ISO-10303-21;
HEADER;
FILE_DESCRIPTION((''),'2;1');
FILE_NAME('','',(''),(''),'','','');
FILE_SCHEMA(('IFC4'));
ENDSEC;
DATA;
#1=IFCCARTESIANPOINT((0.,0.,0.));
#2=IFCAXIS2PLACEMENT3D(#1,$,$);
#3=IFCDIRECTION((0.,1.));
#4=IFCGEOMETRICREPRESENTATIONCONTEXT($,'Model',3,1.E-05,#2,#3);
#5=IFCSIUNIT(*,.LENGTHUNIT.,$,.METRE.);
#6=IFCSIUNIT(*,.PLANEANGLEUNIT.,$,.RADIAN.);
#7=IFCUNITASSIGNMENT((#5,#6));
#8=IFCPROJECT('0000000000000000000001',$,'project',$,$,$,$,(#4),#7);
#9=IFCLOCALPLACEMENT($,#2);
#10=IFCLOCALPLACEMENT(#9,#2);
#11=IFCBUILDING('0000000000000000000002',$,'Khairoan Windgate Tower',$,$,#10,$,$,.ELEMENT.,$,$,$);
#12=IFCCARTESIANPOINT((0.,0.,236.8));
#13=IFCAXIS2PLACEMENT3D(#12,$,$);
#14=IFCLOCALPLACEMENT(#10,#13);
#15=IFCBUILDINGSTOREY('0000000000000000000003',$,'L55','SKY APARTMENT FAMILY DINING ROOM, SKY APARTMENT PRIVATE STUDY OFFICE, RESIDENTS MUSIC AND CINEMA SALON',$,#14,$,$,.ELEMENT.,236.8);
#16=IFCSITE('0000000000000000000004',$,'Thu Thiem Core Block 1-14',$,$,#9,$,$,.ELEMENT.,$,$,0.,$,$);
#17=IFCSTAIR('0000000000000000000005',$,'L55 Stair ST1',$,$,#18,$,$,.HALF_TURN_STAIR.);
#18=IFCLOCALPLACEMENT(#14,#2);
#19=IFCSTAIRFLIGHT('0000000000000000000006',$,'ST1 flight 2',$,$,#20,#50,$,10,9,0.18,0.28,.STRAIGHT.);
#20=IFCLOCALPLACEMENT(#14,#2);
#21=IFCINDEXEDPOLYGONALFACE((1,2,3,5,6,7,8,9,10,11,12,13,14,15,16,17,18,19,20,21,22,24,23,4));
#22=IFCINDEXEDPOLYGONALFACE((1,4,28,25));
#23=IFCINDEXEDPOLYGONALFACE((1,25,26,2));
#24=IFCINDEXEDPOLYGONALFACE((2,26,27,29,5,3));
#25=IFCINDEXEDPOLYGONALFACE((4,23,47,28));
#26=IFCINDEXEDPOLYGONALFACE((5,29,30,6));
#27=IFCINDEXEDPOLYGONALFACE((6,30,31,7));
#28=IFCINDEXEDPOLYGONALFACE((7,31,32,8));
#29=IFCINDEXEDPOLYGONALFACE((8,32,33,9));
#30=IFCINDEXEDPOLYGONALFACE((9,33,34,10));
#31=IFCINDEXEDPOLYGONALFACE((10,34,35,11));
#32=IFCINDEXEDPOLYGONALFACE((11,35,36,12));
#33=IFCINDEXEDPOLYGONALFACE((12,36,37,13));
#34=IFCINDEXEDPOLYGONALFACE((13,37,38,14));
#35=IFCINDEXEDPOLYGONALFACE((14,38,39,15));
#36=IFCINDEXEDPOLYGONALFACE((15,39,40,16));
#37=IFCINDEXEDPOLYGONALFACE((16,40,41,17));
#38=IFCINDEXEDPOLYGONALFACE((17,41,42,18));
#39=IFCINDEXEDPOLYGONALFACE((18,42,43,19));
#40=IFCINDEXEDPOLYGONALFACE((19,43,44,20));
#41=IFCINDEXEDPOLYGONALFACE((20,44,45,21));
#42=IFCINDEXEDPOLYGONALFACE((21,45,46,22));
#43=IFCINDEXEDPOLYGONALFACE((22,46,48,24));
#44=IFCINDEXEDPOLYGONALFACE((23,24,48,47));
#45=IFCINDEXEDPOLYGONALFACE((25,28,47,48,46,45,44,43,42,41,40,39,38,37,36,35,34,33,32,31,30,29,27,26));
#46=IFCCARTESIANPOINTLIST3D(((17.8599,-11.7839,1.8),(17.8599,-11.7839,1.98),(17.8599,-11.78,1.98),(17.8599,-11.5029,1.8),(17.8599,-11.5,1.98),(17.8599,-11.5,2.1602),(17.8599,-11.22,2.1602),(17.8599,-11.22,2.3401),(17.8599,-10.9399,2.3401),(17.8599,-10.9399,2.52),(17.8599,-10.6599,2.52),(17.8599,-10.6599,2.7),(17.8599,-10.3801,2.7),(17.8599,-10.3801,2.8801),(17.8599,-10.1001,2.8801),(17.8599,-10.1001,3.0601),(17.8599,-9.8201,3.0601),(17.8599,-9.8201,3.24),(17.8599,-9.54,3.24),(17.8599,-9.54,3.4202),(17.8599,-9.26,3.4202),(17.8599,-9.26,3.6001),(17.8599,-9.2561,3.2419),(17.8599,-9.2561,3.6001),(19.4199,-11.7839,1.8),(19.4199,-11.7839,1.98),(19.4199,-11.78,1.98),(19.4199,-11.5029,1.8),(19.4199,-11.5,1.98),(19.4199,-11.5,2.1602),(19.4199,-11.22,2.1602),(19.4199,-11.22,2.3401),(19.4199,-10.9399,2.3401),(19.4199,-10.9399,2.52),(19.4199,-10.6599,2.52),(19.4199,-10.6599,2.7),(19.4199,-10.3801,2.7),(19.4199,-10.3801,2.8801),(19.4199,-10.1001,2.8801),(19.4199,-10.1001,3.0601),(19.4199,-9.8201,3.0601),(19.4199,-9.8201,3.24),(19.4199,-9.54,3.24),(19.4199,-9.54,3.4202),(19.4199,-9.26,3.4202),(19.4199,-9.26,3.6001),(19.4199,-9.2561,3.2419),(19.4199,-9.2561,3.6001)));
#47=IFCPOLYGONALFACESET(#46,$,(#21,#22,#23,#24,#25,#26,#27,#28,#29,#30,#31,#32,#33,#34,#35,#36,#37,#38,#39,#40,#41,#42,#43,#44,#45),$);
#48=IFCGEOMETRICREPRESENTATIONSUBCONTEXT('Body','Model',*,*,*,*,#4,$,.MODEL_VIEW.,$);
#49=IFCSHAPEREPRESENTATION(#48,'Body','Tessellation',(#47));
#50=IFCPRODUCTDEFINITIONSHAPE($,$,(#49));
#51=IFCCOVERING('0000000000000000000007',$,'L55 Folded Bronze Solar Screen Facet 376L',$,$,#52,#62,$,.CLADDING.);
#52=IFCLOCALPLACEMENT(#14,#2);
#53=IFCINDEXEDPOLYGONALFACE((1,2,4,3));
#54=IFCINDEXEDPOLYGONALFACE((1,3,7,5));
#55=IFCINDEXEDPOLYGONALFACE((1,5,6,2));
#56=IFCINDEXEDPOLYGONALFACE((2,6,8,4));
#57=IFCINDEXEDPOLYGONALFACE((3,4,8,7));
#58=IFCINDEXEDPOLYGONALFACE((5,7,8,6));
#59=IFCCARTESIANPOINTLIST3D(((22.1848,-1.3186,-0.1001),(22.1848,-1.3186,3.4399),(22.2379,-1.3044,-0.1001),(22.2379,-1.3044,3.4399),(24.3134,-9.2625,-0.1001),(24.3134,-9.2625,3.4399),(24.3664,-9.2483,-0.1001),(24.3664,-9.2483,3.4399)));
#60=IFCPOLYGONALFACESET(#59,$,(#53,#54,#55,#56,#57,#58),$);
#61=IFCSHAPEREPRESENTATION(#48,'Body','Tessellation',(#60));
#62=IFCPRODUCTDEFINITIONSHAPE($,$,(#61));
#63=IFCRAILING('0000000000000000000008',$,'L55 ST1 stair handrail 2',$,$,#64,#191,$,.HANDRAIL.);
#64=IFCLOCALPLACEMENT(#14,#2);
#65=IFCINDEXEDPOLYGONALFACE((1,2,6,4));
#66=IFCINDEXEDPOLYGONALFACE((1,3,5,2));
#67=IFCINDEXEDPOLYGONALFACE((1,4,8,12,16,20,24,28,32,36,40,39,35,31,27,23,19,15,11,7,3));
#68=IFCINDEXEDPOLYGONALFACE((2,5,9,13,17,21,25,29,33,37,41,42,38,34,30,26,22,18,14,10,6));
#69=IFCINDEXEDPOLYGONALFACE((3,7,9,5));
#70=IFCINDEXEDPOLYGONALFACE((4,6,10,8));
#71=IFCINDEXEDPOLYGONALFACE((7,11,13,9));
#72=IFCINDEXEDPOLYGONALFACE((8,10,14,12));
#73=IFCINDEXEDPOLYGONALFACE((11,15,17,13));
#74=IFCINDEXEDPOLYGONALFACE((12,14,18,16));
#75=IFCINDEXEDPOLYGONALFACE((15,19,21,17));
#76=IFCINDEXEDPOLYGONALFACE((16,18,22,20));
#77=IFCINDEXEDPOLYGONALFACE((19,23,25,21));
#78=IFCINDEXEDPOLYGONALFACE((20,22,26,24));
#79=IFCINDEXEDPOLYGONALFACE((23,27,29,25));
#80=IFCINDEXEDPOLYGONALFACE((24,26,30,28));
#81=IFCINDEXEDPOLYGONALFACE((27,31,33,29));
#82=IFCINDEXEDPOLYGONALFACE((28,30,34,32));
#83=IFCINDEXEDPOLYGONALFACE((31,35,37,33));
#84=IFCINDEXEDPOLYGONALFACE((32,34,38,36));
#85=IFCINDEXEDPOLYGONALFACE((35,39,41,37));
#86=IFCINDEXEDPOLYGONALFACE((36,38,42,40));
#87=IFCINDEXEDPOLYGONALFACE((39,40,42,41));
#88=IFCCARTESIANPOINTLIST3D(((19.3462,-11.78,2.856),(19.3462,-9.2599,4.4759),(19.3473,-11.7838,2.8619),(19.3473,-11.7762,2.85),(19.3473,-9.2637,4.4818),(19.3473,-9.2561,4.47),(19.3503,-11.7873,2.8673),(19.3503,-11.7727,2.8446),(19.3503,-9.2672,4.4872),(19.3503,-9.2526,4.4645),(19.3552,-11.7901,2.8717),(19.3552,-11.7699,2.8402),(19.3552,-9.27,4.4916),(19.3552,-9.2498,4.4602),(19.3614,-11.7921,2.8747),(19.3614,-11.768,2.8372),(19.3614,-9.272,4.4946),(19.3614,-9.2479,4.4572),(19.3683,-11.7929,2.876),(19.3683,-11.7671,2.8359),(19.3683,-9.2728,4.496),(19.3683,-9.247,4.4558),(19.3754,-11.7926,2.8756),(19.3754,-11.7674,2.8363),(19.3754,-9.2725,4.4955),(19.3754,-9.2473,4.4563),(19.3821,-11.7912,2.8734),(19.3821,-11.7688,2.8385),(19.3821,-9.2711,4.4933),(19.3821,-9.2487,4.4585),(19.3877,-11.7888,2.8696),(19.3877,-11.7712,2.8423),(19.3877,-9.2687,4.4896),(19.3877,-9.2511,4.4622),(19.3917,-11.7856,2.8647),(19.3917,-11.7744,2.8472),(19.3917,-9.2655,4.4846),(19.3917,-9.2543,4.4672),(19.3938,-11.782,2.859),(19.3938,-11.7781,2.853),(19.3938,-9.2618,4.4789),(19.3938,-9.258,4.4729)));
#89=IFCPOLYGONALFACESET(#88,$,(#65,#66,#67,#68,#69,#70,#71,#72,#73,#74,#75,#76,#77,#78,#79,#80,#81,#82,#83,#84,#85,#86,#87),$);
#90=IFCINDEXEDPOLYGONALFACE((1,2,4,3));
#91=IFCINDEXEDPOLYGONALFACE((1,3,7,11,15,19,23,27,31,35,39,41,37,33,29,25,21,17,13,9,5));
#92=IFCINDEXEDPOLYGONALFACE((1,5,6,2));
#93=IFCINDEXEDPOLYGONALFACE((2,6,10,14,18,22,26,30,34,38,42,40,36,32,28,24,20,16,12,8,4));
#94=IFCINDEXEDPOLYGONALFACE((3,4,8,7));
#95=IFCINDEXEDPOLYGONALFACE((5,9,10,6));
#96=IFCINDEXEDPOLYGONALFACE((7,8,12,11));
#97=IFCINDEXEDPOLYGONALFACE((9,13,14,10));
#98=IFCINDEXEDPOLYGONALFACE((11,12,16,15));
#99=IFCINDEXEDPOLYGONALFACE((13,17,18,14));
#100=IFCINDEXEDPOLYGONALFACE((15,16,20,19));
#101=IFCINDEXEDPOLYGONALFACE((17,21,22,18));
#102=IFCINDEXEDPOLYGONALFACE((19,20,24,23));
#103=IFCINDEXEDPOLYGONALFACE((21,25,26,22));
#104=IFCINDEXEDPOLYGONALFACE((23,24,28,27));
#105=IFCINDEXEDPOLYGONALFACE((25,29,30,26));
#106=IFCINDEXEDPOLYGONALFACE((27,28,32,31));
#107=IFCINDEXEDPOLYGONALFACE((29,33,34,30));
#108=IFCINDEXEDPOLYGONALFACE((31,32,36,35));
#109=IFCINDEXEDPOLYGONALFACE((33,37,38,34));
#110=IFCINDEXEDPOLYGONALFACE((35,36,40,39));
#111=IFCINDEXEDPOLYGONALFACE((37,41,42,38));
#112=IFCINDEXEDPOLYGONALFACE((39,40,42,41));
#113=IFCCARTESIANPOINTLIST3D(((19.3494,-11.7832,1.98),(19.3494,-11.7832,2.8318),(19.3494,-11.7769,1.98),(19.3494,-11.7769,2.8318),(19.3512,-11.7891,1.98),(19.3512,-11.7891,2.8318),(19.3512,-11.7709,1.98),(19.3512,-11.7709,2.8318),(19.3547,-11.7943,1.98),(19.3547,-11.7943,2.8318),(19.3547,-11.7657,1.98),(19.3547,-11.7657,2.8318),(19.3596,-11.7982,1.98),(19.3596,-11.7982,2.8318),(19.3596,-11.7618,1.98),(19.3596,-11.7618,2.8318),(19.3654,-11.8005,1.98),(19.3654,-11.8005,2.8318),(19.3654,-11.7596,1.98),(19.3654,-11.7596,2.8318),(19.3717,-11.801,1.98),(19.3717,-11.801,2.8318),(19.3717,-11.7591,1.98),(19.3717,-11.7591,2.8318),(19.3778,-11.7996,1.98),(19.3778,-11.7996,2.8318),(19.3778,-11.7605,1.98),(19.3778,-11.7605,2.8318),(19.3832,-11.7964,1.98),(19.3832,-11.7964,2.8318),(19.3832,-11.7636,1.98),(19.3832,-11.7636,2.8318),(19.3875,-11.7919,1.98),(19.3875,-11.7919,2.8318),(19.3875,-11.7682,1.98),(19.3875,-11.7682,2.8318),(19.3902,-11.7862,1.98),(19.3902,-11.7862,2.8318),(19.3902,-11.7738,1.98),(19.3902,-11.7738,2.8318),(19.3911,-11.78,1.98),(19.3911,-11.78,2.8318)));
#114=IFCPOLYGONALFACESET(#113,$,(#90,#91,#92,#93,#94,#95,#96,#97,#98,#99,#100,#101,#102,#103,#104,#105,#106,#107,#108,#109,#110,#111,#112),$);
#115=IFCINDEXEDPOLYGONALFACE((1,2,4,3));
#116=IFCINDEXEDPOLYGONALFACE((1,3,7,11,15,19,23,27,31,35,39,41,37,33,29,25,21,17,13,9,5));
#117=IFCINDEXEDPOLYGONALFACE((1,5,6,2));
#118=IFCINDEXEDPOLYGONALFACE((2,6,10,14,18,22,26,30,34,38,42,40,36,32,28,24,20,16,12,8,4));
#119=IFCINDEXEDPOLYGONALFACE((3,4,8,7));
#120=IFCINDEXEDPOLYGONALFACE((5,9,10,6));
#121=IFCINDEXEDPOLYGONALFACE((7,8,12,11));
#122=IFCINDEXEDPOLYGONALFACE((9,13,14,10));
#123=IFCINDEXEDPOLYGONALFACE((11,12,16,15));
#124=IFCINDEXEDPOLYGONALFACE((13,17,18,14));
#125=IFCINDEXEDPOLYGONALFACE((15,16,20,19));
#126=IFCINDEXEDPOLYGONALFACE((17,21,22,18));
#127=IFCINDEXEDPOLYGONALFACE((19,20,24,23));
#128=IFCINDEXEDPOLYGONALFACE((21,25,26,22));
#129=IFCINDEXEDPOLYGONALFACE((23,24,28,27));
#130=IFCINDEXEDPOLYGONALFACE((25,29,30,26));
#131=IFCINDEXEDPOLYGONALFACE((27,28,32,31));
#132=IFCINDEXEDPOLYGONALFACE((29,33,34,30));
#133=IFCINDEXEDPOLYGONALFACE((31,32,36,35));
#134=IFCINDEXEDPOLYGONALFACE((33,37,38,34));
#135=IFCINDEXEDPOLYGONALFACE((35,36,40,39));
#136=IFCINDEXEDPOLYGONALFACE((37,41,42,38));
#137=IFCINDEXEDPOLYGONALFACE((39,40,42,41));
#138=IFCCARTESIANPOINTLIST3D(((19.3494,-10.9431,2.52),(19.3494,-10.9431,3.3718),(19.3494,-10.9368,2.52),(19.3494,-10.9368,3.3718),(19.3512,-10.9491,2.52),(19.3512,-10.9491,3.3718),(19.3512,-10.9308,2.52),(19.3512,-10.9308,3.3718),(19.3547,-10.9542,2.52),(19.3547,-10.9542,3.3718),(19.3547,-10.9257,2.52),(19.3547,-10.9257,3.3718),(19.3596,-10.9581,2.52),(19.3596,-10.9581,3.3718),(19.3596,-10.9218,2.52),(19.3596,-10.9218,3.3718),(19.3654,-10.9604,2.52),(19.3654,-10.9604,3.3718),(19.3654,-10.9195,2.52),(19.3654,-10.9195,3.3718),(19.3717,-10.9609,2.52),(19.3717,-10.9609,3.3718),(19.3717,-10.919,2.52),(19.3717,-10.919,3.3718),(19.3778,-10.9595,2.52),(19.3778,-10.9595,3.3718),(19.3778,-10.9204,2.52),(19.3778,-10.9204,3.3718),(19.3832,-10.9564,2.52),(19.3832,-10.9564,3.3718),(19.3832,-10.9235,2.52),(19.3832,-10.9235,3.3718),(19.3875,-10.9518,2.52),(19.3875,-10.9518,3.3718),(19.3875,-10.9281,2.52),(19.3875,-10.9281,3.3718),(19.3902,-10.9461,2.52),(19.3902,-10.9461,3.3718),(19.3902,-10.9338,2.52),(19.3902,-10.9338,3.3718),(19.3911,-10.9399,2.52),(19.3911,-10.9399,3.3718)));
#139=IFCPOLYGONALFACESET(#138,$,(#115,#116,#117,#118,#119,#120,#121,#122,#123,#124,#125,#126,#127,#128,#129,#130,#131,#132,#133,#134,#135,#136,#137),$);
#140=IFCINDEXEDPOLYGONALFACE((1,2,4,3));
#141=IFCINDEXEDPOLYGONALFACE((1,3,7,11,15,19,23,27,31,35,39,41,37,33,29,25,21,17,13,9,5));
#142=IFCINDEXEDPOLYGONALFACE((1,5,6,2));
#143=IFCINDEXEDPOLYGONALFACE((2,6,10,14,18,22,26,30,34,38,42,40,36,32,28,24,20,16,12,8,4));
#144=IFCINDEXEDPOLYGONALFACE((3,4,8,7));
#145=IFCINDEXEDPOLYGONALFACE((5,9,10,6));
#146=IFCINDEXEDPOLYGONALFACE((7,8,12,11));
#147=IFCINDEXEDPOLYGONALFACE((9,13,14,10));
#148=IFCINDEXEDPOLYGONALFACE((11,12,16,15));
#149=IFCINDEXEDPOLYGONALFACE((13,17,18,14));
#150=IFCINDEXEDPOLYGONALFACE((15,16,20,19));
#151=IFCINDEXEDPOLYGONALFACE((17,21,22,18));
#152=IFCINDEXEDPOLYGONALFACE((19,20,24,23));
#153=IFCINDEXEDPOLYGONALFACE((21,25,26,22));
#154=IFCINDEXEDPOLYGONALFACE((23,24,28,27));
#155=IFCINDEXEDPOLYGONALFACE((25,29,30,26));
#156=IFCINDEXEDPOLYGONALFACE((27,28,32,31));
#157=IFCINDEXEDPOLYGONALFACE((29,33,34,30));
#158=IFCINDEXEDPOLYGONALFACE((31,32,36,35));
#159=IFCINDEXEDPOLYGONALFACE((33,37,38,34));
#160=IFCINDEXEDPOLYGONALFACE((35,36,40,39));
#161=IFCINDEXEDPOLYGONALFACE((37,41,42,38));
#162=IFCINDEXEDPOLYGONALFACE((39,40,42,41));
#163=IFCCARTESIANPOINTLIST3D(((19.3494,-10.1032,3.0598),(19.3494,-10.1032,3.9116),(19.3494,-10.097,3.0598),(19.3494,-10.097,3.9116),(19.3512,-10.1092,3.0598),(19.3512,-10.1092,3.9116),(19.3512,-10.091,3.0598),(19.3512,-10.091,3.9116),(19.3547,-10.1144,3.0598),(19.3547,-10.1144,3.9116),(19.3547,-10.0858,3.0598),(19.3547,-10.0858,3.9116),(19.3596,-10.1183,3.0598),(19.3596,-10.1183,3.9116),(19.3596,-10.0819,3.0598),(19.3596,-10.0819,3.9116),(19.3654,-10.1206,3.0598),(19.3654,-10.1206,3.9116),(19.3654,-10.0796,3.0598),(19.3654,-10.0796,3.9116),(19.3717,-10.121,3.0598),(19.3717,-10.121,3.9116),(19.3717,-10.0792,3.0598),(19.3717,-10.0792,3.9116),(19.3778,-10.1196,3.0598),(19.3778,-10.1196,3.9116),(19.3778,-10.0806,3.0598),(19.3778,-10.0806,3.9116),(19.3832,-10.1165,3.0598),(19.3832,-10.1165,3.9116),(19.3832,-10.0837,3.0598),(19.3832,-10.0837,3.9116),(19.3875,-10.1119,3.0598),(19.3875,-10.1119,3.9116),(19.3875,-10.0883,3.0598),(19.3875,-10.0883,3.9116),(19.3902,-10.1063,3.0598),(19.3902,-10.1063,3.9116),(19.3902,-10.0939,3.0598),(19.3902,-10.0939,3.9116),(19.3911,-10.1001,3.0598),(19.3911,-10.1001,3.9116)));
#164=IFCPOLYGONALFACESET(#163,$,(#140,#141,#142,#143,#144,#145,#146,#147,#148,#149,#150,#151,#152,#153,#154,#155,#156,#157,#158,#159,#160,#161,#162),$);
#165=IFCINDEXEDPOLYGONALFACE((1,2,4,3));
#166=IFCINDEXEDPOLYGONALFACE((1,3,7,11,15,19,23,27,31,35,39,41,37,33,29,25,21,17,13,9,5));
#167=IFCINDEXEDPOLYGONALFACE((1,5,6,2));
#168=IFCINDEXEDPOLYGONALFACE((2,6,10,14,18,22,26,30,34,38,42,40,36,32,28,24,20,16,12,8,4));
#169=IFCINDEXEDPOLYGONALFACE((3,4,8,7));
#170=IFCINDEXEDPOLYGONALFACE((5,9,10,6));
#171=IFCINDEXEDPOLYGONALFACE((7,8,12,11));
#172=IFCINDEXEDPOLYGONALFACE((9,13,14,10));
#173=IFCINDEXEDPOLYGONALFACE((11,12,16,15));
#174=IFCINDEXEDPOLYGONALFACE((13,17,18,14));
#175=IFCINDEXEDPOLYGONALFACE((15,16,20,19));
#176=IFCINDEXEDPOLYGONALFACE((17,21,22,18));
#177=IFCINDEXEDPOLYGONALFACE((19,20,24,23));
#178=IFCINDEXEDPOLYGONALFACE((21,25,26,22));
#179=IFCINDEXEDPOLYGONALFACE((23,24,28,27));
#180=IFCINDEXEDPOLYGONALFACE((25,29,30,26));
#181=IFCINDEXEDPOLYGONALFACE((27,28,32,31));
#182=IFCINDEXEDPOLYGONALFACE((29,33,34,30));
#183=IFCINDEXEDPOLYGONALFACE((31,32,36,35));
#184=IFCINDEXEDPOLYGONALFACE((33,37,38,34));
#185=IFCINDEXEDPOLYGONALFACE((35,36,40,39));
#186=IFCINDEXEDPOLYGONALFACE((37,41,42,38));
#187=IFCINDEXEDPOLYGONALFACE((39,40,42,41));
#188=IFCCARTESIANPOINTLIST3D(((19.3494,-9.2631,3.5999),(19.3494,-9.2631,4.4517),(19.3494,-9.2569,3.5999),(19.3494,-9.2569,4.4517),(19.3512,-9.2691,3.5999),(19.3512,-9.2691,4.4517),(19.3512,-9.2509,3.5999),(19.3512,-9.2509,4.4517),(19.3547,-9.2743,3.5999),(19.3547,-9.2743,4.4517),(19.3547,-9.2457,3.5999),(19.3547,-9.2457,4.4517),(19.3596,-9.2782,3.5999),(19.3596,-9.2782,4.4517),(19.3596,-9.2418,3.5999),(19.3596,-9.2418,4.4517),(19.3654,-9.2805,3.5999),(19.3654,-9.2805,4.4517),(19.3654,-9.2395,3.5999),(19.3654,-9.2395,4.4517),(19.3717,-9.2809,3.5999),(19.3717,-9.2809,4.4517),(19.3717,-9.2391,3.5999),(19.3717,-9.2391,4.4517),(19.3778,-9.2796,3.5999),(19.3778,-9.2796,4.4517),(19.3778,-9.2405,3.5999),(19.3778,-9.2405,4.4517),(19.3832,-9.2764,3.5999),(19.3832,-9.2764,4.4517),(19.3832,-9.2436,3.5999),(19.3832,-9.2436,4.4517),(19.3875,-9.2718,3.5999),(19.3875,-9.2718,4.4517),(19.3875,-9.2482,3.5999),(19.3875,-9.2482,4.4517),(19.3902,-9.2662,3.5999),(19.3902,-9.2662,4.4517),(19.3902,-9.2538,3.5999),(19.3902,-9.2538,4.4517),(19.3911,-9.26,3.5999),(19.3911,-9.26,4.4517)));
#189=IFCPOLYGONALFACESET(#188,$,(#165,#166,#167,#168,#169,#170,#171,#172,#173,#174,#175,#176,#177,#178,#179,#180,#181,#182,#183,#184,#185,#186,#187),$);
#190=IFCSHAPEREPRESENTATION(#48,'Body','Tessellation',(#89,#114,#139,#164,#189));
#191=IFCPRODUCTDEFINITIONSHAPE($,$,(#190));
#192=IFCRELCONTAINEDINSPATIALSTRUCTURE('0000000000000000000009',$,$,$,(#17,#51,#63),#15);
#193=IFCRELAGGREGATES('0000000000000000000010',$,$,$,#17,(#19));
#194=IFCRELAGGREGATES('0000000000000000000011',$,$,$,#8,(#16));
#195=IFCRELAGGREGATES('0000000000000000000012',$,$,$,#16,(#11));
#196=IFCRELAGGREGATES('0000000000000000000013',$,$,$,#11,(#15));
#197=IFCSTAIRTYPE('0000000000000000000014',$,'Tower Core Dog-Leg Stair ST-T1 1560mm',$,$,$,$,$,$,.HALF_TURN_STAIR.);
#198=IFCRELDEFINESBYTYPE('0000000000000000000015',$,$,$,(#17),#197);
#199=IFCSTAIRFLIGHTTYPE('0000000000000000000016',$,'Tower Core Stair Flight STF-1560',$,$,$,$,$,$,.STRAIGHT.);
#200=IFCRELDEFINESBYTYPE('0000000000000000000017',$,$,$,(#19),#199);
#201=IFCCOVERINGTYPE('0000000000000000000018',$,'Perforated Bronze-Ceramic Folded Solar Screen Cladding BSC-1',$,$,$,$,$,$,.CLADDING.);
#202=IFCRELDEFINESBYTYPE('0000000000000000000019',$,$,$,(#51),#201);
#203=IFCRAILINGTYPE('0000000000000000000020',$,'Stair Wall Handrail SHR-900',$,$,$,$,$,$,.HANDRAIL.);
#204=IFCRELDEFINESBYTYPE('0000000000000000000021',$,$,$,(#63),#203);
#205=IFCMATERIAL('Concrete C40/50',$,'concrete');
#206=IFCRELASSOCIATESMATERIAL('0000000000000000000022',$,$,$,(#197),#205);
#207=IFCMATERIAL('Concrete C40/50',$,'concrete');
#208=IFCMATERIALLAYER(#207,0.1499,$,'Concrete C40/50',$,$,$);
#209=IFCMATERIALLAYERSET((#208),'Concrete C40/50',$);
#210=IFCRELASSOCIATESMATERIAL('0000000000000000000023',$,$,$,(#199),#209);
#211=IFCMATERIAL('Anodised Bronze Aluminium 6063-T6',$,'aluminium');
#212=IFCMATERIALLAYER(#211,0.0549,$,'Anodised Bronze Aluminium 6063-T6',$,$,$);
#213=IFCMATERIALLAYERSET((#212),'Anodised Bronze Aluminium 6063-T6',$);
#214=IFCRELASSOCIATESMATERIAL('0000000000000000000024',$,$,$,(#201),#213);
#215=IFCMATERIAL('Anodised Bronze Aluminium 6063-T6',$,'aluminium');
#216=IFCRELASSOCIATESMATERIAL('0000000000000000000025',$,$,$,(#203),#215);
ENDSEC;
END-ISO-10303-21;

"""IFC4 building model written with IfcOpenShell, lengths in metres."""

from ifc_helpers import new_model, si_unit, direction, frame, origin, origin_2d, place, context, subcontext, project, spatial, polyline, rectangle, circle, outline, extrude, material, layer, layer_set, type_object, element, aggregate, save


model = new_model("IFC4")

# Units and contexts
model_context = context("Model", 3, precision=1e-05, world=origin(), true_north=direction((0.0, 1.0)))
body_context = subcontext(model_context, "Body", "Model", "MODEL_VIEW")
ifc_project = project(units=[si_unit("LENGTHUNIT", "METRE"), si_unit("PLANEANGLEUNIT", "RADIAN")], contexts=[model_context])

# Site, building, storey
site_placement = place(None, origin())
site = spatial("IfcSite", under=ifc_project, at=site_placement, Name="Thu Thiem Core Block 1-14", CompositionType="ELEMENT", RefElevation=0.0)
building_placement = place(site_placement, origin())
building = spatial("IfcBuilding", under=site, at=building_placement, Name="Khairoan Windgate Tower", CompositionType="ELEMENT")
storey_placement = place(building_placement, frame((0.0, 0.0, 236.8)))
storey = spatial("IfcBuildingStorey", under=building, at=storey_placement, Name="L55", Description="SKY APARTMENT FAMILY DINING ROOM, SKY APARTMENT PRIVATE STUDY OFFICE, RESIDENTS MUSIC AND CINEMA SALON", CompositionType="ELEMENT", Elevation=236.8)

# Stair, stair flight
ifc_material_1 = material(Name="Concrete C40/50", Category="concrete")
stair_type = type_object("IfcStairType", Name="Tower Core Dog-Leg Stair ST-T1 1560mm", PredefinedType="HALF_TURN_STAIR", material=ifc_material_1)
stair_placement = place(storey_placement, origin())
stair = element("IfcStair", 1, at=stair_placement, inside=storey, type_object=stair_type, Name="L55 Stair ST1", PredefinedType="HALF_TURN_STAIR")
ifc_material_2 = material(Name="Concrete C40/50", Category="concrete")
ifc_layer_1 = layer(ifc_material_2, 0.1499, Name="Concrete C40/50")
ifc_layer_set_1 = layer_set([ifc_layer_1], Name="Concrete C40/50")
stair_flight_type = type_object("IfcStairFlightType", Name="Tower Core Stair Flight STF-1560", PredefinedType="STRAIGHT", material=ifc_layer_set_1)
stair_flight_placement = place(storey_placement, frame((18.6399, -11.78, 1.8), z_axis=(0.0, 0.0, 1.0), x_axis=(0.0, 1.0, 0.0)))
stair_flight = element("IfcStairFlight", 2, at=stair_flight_placement, type_object=stair_flight_type, Name="ST1 flight 2", NumberOfRisers=10, NumberOfTreads=9, PredefinedType="STRAIGHT", RiserHeight=0.18, TreadLength=0.28, context=body_context, shape_type="SweptSolid", body=[
    extrude(outline(polyline([(-0.0039, 0.0), (-0.0039, 0.1799), (0.0, 0.1799), (0.28, 0.1799), (0.28, 0.3601), (0.5601, 0.3601), (0.5601, 0.54), (0.8401, 0.54), (0.8401, 0.72), (1.1201, 0.72), (1.1201, 0.8999), (1.3999, 0.8999), (1.3999, 1.0801), (1.6799, 1.0801), (1.6799, 1.26), (1.96, 1.26), (1.96, 1.4399), (2.24, 1.4399), (2.24, 1.6201), (2.52, 1.6201), (2.52, 1.8), (2.5239, 1.8), (2.5239, 1.4419), (0.2771, 0.0), (-0.0039, 0.0)])), frame((0.0, 0.78, 0.0), z_axis=(0.0, -1.0, 0.0), x_axis=(1.0, 0.0, 0.0)), (0.0, 0.0, 1.0), 1.5601),
])
aggregate(stair, [stair_flight])

# Covering
ifc_material_3 = material(Name="Anodised Bronze Aluminium 6063-T6", Category="aluminium")
ifc_layer_2 = layer(ifc_material_3, 0.0549, Name="Anodised Bronze Aluminium 6063-T6")
ifc_layer_set_2 = layer_set([ifc_layer_2], Name="Anodised Bronze Aluminium 6063-T6")
covering_type = type_object("IfcCoveringType", Name="Perforated Bronze-Ceramic Folded Solar Screen Cladding BSC-1", PredefinedType="CLADDING", material=ifc_layer_set_2)
covering_placement = place(storey_placement, frame((23.2756, -5.2834, -0.1001), z_axis=(0.0, 0.0, 1.0), x_axis=(0.258819, -0.965926, 0.0)))
element("IfcCovering", 3, at=covering_placement, inside=storey, type_object=covering_type, Name="L55 Folded Bronze Solar Screen Facet 376L", PredefinedType="CLADDING", context=body_context, shape_type="SweptSolid", body=[
    extrude(rectangle(XDim=8.2241, YDim=0.0549, at=origin_2d()), origin(), (0.0, 0.0, 1.0), 3.54),
])

# Railing
ifc_material_4 = material(Name="Anodised Bronze Aluminium 6063-T6", Category="aluminium")
railing_type_1 = type_object("IfcRailingType", Name="Stair Wall Handrail SHR-900", PredefinedType="HANDRAIL", material=ifc_material_4)
railing_1_placement = place(storey_placement, frame((19.3701, -11.78, 1.98)))
element("IfcRailing", 4, at=railing_1_placement, inside=storey, type_object=railing_type_1, Name="L55 ST1 stair handrail 2", PredefinedType="HANDRAIL", context=body_context, shape_type="SweptSolid", body=[
    extrude(circle(Radius=0.0239, at=origin_2d()), frame((0.0, 0.0, 0.876), z_axis=(0.0, 0.8412, 0.540725), x_axis=(-1.0, 0.0, 0.0)), (0.0, 0.0, 1.0), 2.9958),
    extrude(circle(Radius=0.021, at=origin_2d()), origin(), (0.0, 0.0, 1.0), 0.8518),
    extrude(circle(Radius=0.021, at=origin_2d()), frame((0.0, 0.8401, 0.54)), (0.0, 0.0, 1.0), 0.8518),
    extrude(circle(Radius=0.021, at=origin_2d()), frame((0.0, 1.6799, 1.0798)), (0.0, 0.0, 1.0), 0.8518),
    extrude(circle(Radius=0.021, at=origin_2d()), frame((0.0, 2.52, 1.6199)), (0.0, 0.0, 1.0), 0.8518),
])

save(model, "model.ifc")
